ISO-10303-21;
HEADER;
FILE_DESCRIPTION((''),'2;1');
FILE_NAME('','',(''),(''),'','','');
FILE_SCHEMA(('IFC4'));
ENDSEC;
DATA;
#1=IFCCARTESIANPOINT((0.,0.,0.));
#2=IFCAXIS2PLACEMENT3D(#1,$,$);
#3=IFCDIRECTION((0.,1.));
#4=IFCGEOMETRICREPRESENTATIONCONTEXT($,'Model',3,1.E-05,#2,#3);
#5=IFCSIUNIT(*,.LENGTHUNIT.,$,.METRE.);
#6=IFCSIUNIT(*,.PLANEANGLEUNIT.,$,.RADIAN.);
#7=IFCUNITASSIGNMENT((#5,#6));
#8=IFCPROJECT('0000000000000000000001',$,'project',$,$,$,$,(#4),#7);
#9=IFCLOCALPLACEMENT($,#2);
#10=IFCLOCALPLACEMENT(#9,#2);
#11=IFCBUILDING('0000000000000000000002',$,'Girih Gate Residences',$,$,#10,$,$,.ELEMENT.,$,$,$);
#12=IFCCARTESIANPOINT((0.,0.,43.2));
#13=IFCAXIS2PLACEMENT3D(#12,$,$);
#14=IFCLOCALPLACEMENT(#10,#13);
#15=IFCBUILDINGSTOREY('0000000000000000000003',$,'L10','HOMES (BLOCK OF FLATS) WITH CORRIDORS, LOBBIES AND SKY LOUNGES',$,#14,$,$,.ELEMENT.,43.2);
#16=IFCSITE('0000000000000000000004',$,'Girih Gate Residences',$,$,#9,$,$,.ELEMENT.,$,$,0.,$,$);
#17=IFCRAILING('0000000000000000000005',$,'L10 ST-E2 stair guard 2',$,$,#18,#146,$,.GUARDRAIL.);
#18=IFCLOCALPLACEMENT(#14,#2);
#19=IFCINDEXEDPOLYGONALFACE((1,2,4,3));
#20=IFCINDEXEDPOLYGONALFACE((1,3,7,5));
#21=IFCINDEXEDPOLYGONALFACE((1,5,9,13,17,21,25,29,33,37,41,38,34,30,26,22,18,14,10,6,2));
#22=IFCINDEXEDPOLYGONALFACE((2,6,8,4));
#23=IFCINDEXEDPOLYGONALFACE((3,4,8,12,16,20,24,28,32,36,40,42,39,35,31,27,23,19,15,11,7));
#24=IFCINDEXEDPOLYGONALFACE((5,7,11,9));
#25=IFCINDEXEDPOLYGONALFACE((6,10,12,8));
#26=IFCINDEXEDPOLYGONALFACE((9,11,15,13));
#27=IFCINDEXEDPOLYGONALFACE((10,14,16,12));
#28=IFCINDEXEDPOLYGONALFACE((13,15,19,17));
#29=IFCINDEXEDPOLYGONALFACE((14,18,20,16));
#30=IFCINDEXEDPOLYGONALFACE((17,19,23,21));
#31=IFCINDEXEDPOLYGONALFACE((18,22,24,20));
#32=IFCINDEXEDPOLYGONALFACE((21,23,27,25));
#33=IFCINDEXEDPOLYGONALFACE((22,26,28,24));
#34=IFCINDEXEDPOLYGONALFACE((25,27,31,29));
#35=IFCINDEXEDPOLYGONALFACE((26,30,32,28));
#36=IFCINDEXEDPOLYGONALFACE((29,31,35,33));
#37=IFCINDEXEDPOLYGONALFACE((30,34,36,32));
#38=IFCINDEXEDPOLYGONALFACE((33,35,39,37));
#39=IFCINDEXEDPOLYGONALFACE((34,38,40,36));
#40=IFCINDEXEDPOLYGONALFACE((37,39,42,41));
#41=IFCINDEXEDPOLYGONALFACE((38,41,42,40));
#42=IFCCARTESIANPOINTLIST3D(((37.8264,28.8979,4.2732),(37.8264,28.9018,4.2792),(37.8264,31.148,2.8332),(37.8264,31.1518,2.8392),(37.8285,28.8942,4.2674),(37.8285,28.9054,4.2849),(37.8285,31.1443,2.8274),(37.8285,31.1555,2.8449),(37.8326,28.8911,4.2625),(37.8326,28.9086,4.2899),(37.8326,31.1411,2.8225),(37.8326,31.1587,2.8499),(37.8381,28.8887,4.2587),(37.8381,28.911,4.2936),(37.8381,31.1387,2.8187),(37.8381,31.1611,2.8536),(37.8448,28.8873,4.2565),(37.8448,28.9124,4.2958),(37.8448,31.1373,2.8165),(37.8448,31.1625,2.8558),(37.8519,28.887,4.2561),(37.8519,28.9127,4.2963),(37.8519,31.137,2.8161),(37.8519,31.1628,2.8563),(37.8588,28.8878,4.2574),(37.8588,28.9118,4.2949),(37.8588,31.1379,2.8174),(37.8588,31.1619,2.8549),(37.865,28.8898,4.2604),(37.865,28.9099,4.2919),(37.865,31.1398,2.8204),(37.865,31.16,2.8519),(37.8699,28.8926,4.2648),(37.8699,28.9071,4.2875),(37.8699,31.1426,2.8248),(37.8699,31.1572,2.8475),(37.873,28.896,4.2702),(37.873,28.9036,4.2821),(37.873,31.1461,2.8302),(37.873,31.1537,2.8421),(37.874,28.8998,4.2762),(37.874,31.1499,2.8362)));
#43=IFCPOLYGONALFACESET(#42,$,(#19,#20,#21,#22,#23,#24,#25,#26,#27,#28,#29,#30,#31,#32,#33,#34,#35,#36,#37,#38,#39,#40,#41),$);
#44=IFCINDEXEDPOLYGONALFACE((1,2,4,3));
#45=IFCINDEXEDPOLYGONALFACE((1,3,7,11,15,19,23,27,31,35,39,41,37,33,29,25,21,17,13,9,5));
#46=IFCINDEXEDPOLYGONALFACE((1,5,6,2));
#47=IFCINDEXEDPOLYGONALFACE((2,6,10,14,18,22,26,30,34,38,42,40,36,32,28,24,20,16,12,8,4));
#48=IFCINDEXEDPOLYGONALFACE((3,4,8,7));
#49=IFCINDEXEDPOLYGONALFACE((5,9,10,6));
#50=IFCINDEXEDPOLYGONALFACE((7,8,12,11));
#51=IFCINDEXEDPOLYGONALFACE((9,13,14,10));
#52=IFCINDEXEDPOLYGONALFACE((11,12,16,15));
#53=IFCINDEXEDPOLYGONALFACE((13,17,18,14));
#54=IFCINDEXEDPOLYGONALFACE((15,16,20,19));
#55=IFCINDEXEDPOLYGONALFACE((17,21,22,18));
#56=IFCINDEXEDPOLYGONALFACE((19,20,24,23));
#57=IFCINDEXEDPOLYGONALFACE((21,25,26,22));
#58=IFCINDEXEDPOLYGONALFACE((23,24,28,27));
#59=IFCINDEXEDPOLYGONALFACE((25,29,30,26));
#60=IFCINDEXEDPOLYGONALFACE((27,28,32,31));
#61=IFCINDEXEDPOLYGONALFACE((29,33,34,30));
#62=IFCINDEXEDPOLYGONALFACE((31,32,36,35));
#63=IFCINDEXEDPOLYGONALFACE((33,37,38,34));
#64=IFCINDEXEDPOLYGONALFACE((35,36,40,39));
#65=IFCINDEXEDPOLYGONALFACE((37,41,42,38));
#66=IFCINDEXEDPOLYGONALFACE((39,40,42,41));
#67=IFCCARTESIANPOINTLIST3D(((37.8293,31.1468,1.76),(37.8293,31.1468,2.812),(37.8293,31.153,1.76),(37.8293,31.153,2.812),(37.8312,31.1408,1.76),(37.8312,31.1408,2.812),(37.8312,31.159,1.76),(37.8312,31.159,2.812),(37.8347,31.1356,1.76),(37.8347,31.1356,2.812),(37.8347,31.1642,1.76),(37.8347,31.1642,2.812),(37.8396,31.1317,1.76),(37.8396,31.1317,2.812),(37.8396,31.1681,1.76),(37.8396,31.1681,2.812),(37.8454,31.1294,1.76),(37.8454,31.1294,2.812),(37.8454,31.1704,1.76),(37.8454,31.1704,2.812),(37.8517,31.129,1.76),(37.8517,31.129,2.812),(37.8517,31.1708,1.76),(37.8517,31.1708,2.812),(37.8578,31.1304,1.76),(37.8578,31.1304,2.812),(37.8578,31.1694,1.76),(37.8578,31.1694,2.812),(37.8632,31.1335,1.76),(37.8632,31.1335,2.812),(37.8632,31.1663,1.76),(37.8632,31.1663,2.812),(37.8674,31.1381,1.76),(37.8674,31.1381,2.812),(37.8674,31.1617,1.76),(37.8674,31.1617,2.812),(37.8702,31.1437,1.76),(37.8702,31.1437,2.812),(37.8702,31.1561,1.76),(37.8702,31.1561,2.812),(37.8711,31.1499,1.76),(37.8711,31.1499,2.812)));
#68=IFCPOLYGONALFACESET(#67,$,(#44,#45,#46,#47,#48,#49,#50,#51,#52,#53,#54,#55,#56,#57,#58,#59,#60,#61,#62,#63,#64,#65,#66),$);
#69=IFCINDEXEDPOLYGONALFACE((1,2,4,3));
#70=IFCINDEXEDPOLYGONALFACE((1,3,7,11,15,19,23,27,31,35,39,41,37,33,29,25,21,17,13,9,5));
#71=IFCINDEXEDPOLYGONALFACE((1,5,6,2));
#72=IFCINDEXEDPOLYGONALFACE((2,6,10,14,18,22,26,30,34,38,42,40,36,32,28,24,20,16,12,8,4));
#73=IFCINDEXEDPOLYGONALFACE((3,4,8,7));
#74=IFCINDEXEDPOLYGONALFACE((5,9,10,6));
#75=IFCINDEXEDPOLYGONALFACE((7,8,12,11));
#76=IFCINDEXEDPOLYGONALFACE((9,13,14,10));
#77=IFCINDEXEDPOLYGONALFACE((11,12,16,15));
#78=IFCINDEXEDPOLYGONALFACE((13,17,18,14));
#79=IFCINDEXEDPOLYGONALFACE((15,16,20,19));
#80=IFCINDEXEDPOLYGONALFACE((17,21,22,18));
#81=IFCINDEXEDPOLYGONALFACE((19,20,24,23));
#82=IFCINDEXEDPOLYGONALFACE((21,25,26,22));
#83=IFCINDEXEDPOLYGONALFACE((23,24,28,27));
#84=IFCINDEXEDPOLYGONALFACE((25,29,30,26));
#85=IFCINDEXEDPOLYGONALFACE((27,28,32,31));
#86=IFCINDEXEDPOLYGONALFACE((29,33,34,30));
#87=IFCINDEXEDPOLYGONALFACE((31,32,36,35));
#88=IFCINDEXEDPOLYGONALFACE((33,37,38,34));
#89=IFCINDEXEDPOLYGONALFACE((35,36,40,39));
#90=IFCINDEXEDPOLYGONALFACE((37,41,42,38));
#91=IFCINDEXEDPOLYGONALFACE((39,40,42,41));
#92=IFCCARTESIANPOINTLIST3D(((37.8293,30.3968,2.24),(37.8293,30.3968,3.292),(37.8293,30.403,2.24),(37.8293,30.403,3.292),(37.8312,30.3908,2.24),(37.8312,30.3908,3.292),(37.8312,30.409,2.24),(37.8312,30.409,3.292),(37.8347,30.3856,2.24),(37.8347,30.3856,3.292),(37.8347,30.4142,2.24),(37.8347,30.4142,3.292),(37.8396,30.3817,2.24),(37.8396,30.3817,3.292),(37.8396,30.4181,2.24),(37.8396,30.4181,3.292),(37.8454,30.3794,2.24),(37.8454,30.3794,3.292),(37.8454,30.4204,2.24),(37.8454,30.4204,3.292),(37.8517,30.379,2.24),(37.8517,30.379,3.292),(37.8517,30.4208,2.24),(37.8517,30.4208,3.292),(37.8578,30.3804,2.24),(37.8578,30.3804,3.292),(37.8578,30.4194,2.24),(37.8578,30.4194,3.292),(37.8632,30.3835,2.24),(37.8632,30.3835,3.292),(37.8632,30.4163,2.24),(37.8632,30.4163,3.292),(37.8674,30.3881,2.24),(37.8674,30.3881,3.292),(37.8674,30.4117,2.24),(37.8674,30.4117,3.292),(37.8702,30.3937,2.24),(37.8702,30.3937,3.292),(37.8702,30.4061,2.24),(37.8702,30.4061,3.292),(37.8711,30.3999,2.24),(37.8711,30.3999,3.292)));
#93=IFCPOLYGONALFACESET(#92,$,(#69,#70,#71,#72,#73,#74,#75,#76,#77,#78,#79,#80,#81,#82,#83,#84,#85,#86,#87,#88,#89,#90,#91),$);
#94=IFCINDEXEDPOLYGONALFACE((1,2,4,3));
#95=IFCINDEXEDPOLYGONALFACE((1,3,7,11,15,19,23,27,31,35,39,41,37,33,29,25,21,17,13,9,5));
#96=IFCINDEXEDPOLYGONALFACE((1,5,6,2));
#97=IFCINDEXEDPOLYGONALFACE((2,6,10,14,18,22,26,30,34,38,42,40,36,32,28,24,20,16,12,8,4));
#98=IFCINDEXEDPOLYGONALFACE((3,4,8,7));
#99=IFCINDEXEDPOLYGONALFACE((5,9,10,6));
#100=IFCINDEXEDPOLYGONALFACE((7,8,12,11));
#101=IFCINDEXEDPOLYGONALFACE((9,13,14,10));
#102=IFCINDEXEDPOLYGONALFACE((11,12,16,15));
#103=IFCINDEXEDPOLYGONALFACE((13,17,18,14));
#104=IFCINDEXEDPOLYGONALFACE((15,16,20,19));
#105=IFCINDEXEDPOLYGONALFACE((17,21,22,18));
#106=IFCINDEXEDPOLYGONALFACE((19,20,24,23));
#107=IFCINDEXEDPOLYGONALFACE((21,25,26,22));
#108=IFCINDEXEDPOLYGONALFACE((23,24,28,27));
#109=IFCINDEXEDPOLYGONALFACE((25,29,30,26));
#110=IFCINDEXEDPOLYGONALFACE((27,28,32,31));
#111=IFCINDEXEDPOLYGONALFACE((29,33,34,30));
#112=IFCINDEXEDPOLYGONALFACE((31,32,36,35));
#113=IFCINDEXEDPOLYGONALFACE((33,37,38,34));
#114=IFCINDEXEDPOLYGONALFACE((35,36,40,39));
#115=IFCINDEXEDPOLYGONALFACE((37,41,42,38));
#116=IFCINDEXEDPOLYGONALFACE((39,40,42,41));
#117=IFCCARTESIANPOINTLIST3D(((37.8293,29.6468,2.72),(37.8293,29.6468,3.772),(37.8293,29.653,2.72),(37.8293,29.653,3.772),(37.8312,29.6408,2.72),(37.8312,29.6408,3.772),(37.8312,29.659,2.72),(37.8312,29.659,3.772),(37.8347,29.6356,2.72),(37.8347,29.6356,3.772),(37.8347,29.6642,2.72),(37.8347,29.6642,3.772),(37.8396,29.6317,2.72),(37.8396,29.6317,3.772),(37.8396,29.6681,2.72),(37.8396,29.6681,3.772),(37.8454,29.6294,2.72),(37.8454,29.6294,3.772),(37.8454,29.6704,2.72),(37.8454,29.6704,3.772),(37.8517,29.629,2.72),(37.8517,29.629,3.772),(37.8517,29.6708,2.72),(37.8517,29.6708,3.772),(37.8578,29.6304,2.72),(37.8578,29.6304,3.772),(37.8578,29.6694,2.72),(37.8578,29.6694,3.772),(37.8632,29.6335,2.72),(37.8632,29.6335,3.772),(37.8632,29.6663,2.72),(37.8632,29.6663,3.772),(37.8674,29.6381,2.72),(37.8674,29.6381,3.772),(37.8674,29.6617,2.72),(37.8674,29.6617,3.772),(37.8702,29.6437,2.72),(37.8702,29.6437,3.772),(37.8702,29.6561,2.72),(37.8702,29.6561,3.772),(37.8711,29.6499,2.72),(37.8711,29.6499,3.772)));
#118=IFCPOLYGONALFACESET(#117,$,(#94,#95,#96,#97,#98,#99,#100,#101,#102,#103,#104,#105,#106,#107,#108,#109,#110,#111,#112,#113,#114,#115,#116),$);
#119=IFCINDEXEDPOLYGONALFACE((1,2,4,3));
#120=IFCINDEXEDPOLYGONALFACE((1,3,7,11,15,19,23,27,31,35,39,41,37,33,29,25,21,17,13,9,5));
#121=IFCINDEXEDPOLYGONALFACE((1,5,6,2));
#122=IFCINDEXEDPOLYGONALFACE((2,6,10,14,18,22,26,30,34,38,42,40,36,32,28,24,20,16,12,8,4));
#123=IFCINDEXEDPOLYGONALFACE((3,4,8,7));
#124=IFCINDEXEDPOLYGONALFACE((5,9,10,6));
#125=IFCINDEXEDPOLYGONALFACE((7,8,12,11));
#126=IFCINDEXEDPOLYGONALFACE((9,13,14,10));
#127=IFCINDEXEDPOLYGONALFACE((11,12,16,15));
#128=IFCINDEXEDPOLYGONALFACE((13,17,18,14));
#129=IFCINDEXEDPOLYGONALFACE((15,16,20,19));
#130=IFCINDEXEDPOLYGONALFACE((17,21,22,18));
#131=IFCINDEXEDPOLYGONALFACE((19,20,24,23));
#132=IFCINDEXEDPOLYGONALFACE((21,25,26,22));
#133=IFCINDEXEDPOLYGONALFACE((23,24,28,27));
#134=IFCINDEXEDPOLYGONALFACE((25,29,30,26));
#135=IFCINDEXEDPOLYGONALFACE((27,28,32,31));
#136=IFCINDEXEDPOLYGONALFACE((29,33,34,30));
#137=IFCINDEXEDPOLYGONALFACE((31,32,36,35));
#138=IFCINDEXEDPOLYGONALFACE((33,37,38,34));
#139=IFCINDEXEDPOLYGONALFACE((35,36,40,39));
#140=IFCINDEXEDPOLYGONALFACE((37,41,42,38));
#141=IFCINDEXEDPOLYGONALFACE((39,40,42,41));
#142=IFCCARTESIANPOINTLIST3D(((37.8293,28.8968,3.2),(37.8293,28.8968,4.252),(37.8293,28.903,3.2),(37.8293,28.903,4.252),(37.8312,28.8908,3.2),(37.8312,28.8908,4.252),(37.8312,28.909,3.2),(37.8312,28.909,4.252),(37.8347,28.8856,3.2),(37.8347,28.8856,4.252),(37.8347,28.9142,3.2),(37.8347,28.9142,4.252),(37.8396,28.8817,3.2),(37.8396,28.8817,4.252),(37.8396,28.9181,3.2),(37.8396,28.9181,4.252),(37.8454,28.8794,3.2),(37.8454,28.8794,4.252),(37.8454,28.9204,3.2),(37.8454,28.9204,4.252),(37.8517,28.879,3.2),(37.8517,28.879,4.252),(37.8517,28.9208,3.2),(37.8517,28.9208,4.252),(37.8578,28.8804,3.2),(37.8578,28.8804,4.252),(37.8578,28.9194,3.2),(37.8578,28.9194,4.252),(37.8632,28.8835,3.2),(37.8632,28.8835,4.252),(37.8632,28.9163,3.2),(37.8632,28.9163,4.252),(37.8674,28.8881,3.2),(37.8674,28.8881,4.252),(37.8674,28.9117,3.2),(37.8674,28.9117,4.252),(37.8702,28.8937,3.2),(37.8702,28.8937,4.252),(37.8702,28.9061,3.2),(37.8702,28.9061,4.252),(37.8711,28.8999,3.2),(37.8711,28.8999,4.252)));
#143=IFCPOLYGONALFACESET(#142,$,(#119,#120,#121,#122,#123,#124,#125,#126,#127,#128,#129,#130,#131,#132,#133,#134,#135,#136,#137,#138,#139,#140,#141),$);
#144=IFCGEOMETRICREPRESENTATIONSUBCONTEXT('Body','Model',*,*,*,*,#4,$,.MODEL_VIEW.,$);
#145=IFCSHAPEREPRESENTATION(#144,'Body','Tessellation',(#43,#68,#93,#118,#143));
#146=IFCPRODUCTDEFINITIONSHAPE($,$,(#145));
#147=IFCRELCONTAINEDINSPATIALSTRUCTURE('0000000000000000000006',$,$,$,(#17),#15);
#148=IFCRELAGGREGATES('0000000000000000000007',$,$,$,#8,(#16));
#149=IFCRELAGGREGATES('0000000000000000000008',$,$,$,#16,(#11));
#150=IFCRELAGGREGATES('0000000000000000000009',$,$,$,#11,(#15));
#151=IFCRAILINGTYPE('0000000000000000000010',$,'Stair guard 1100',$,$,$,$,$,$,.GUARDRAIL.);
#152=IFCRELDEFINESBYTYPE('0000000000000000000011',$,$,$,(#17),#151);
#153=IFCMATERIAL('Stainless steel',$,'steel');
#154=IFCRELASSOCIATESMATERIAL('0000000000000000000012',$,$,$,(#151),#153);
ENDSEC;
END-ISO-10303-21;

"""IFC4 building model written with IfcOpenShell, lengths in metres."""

from ifc_helpers import new_model, si_unit, direction, frame, origin, origin_2d, place, context, subcontext, project, spatial, circle, extrude, material, type_object, element, save


model = new_model("IFC4")

# Units and contexts
model_context = context("Model", 3, precision=1e-05, world=origin(), true_north=direction((0.0, 1.0)))
body_context = subcontext(model_context, "Body", "Model", "MODEL_VIEW")
ifc_project = project(units=[si_unit("LENGTHUNIT", "METRE"), si_unit("PLANEANGLEUNIT", "RADIAN")], contexts=[model_context])

# Site, building, storey
site_placement = place(None, origin())
site = spatial("IfcSite", under=ifc_project, at=site_placement, Name="Girih Gate Residences", CompositionType="ELEMENT", RefElevation=0.0)
building_placement = place(site_placement, origin())
building = spatial("IfcBuilding", under=site, at=building_placement, Name="Girih Gate Residences", CompositionType="ELEMENT")
storey_placement = place(building_placement, frame((0.0, 0.0, 43.2)))
storey = spatial("IfcBuildingStorey", under=building, at=storey_placement, Name="L10", Description="HOMES (BLOCK OF FLATS) WITH CORRIDORS, LOBBIES AND SKY LOUNGES", CompositionType="ELEMENT", Elevation=43.2)

# Railing
ifc_material_1 = material(Name="Stainless steel", Category="steel")
railing_type_1 = type_object("IfcRailingType", Name="Stair guard 1100", PredefinedType="GUARDRAIL", material=ifc_material_1)
railing_1_placement = place(storey_placement, frame((37.8501, 31.1499, 1.76)))
element("IfcRailing", 1, at=railing_1_placement, inside=storey, type_object=railing_type_1, Name="L10 ST-E2 stair guard 2", PredefinedType="GUARDRAIL", context=body_context, shape_type="SweptSolid", body=[
    extrude(circle(Radius=0.0239, at=origin_2d()), frame((0.0, 0.0, 1.0762), z_axis=(0.0, -0.842281, 0.539038), x_axis=(1.0, 0.0, 0.0)), (0.0, 0.0, 1.0), 2.6714),
    extrude(circle(Radius=0.021, at=origin_2d()), origin(), (0.0, 0.0, 1.0), 1.052),
    extrude(circle(Radius=0.021, at=origin_2d()), frame((0.0, -0.75, 0.48)), (0.0, 0.0, 1.0), 1.052),
    extrude(circle(Radius=0.021, at=origin_2d()), frame((0.0, -1.5, 0.96)), (0.0, 0.0, 1.0), 1.052),
    extrude(circle(Radius=0.021, at=origin_2d()), frame((0.0, -2.25, 1.4399)), (0.0, 0.0, 1.0), 1.052),
])

save(model, "model.ifc")
